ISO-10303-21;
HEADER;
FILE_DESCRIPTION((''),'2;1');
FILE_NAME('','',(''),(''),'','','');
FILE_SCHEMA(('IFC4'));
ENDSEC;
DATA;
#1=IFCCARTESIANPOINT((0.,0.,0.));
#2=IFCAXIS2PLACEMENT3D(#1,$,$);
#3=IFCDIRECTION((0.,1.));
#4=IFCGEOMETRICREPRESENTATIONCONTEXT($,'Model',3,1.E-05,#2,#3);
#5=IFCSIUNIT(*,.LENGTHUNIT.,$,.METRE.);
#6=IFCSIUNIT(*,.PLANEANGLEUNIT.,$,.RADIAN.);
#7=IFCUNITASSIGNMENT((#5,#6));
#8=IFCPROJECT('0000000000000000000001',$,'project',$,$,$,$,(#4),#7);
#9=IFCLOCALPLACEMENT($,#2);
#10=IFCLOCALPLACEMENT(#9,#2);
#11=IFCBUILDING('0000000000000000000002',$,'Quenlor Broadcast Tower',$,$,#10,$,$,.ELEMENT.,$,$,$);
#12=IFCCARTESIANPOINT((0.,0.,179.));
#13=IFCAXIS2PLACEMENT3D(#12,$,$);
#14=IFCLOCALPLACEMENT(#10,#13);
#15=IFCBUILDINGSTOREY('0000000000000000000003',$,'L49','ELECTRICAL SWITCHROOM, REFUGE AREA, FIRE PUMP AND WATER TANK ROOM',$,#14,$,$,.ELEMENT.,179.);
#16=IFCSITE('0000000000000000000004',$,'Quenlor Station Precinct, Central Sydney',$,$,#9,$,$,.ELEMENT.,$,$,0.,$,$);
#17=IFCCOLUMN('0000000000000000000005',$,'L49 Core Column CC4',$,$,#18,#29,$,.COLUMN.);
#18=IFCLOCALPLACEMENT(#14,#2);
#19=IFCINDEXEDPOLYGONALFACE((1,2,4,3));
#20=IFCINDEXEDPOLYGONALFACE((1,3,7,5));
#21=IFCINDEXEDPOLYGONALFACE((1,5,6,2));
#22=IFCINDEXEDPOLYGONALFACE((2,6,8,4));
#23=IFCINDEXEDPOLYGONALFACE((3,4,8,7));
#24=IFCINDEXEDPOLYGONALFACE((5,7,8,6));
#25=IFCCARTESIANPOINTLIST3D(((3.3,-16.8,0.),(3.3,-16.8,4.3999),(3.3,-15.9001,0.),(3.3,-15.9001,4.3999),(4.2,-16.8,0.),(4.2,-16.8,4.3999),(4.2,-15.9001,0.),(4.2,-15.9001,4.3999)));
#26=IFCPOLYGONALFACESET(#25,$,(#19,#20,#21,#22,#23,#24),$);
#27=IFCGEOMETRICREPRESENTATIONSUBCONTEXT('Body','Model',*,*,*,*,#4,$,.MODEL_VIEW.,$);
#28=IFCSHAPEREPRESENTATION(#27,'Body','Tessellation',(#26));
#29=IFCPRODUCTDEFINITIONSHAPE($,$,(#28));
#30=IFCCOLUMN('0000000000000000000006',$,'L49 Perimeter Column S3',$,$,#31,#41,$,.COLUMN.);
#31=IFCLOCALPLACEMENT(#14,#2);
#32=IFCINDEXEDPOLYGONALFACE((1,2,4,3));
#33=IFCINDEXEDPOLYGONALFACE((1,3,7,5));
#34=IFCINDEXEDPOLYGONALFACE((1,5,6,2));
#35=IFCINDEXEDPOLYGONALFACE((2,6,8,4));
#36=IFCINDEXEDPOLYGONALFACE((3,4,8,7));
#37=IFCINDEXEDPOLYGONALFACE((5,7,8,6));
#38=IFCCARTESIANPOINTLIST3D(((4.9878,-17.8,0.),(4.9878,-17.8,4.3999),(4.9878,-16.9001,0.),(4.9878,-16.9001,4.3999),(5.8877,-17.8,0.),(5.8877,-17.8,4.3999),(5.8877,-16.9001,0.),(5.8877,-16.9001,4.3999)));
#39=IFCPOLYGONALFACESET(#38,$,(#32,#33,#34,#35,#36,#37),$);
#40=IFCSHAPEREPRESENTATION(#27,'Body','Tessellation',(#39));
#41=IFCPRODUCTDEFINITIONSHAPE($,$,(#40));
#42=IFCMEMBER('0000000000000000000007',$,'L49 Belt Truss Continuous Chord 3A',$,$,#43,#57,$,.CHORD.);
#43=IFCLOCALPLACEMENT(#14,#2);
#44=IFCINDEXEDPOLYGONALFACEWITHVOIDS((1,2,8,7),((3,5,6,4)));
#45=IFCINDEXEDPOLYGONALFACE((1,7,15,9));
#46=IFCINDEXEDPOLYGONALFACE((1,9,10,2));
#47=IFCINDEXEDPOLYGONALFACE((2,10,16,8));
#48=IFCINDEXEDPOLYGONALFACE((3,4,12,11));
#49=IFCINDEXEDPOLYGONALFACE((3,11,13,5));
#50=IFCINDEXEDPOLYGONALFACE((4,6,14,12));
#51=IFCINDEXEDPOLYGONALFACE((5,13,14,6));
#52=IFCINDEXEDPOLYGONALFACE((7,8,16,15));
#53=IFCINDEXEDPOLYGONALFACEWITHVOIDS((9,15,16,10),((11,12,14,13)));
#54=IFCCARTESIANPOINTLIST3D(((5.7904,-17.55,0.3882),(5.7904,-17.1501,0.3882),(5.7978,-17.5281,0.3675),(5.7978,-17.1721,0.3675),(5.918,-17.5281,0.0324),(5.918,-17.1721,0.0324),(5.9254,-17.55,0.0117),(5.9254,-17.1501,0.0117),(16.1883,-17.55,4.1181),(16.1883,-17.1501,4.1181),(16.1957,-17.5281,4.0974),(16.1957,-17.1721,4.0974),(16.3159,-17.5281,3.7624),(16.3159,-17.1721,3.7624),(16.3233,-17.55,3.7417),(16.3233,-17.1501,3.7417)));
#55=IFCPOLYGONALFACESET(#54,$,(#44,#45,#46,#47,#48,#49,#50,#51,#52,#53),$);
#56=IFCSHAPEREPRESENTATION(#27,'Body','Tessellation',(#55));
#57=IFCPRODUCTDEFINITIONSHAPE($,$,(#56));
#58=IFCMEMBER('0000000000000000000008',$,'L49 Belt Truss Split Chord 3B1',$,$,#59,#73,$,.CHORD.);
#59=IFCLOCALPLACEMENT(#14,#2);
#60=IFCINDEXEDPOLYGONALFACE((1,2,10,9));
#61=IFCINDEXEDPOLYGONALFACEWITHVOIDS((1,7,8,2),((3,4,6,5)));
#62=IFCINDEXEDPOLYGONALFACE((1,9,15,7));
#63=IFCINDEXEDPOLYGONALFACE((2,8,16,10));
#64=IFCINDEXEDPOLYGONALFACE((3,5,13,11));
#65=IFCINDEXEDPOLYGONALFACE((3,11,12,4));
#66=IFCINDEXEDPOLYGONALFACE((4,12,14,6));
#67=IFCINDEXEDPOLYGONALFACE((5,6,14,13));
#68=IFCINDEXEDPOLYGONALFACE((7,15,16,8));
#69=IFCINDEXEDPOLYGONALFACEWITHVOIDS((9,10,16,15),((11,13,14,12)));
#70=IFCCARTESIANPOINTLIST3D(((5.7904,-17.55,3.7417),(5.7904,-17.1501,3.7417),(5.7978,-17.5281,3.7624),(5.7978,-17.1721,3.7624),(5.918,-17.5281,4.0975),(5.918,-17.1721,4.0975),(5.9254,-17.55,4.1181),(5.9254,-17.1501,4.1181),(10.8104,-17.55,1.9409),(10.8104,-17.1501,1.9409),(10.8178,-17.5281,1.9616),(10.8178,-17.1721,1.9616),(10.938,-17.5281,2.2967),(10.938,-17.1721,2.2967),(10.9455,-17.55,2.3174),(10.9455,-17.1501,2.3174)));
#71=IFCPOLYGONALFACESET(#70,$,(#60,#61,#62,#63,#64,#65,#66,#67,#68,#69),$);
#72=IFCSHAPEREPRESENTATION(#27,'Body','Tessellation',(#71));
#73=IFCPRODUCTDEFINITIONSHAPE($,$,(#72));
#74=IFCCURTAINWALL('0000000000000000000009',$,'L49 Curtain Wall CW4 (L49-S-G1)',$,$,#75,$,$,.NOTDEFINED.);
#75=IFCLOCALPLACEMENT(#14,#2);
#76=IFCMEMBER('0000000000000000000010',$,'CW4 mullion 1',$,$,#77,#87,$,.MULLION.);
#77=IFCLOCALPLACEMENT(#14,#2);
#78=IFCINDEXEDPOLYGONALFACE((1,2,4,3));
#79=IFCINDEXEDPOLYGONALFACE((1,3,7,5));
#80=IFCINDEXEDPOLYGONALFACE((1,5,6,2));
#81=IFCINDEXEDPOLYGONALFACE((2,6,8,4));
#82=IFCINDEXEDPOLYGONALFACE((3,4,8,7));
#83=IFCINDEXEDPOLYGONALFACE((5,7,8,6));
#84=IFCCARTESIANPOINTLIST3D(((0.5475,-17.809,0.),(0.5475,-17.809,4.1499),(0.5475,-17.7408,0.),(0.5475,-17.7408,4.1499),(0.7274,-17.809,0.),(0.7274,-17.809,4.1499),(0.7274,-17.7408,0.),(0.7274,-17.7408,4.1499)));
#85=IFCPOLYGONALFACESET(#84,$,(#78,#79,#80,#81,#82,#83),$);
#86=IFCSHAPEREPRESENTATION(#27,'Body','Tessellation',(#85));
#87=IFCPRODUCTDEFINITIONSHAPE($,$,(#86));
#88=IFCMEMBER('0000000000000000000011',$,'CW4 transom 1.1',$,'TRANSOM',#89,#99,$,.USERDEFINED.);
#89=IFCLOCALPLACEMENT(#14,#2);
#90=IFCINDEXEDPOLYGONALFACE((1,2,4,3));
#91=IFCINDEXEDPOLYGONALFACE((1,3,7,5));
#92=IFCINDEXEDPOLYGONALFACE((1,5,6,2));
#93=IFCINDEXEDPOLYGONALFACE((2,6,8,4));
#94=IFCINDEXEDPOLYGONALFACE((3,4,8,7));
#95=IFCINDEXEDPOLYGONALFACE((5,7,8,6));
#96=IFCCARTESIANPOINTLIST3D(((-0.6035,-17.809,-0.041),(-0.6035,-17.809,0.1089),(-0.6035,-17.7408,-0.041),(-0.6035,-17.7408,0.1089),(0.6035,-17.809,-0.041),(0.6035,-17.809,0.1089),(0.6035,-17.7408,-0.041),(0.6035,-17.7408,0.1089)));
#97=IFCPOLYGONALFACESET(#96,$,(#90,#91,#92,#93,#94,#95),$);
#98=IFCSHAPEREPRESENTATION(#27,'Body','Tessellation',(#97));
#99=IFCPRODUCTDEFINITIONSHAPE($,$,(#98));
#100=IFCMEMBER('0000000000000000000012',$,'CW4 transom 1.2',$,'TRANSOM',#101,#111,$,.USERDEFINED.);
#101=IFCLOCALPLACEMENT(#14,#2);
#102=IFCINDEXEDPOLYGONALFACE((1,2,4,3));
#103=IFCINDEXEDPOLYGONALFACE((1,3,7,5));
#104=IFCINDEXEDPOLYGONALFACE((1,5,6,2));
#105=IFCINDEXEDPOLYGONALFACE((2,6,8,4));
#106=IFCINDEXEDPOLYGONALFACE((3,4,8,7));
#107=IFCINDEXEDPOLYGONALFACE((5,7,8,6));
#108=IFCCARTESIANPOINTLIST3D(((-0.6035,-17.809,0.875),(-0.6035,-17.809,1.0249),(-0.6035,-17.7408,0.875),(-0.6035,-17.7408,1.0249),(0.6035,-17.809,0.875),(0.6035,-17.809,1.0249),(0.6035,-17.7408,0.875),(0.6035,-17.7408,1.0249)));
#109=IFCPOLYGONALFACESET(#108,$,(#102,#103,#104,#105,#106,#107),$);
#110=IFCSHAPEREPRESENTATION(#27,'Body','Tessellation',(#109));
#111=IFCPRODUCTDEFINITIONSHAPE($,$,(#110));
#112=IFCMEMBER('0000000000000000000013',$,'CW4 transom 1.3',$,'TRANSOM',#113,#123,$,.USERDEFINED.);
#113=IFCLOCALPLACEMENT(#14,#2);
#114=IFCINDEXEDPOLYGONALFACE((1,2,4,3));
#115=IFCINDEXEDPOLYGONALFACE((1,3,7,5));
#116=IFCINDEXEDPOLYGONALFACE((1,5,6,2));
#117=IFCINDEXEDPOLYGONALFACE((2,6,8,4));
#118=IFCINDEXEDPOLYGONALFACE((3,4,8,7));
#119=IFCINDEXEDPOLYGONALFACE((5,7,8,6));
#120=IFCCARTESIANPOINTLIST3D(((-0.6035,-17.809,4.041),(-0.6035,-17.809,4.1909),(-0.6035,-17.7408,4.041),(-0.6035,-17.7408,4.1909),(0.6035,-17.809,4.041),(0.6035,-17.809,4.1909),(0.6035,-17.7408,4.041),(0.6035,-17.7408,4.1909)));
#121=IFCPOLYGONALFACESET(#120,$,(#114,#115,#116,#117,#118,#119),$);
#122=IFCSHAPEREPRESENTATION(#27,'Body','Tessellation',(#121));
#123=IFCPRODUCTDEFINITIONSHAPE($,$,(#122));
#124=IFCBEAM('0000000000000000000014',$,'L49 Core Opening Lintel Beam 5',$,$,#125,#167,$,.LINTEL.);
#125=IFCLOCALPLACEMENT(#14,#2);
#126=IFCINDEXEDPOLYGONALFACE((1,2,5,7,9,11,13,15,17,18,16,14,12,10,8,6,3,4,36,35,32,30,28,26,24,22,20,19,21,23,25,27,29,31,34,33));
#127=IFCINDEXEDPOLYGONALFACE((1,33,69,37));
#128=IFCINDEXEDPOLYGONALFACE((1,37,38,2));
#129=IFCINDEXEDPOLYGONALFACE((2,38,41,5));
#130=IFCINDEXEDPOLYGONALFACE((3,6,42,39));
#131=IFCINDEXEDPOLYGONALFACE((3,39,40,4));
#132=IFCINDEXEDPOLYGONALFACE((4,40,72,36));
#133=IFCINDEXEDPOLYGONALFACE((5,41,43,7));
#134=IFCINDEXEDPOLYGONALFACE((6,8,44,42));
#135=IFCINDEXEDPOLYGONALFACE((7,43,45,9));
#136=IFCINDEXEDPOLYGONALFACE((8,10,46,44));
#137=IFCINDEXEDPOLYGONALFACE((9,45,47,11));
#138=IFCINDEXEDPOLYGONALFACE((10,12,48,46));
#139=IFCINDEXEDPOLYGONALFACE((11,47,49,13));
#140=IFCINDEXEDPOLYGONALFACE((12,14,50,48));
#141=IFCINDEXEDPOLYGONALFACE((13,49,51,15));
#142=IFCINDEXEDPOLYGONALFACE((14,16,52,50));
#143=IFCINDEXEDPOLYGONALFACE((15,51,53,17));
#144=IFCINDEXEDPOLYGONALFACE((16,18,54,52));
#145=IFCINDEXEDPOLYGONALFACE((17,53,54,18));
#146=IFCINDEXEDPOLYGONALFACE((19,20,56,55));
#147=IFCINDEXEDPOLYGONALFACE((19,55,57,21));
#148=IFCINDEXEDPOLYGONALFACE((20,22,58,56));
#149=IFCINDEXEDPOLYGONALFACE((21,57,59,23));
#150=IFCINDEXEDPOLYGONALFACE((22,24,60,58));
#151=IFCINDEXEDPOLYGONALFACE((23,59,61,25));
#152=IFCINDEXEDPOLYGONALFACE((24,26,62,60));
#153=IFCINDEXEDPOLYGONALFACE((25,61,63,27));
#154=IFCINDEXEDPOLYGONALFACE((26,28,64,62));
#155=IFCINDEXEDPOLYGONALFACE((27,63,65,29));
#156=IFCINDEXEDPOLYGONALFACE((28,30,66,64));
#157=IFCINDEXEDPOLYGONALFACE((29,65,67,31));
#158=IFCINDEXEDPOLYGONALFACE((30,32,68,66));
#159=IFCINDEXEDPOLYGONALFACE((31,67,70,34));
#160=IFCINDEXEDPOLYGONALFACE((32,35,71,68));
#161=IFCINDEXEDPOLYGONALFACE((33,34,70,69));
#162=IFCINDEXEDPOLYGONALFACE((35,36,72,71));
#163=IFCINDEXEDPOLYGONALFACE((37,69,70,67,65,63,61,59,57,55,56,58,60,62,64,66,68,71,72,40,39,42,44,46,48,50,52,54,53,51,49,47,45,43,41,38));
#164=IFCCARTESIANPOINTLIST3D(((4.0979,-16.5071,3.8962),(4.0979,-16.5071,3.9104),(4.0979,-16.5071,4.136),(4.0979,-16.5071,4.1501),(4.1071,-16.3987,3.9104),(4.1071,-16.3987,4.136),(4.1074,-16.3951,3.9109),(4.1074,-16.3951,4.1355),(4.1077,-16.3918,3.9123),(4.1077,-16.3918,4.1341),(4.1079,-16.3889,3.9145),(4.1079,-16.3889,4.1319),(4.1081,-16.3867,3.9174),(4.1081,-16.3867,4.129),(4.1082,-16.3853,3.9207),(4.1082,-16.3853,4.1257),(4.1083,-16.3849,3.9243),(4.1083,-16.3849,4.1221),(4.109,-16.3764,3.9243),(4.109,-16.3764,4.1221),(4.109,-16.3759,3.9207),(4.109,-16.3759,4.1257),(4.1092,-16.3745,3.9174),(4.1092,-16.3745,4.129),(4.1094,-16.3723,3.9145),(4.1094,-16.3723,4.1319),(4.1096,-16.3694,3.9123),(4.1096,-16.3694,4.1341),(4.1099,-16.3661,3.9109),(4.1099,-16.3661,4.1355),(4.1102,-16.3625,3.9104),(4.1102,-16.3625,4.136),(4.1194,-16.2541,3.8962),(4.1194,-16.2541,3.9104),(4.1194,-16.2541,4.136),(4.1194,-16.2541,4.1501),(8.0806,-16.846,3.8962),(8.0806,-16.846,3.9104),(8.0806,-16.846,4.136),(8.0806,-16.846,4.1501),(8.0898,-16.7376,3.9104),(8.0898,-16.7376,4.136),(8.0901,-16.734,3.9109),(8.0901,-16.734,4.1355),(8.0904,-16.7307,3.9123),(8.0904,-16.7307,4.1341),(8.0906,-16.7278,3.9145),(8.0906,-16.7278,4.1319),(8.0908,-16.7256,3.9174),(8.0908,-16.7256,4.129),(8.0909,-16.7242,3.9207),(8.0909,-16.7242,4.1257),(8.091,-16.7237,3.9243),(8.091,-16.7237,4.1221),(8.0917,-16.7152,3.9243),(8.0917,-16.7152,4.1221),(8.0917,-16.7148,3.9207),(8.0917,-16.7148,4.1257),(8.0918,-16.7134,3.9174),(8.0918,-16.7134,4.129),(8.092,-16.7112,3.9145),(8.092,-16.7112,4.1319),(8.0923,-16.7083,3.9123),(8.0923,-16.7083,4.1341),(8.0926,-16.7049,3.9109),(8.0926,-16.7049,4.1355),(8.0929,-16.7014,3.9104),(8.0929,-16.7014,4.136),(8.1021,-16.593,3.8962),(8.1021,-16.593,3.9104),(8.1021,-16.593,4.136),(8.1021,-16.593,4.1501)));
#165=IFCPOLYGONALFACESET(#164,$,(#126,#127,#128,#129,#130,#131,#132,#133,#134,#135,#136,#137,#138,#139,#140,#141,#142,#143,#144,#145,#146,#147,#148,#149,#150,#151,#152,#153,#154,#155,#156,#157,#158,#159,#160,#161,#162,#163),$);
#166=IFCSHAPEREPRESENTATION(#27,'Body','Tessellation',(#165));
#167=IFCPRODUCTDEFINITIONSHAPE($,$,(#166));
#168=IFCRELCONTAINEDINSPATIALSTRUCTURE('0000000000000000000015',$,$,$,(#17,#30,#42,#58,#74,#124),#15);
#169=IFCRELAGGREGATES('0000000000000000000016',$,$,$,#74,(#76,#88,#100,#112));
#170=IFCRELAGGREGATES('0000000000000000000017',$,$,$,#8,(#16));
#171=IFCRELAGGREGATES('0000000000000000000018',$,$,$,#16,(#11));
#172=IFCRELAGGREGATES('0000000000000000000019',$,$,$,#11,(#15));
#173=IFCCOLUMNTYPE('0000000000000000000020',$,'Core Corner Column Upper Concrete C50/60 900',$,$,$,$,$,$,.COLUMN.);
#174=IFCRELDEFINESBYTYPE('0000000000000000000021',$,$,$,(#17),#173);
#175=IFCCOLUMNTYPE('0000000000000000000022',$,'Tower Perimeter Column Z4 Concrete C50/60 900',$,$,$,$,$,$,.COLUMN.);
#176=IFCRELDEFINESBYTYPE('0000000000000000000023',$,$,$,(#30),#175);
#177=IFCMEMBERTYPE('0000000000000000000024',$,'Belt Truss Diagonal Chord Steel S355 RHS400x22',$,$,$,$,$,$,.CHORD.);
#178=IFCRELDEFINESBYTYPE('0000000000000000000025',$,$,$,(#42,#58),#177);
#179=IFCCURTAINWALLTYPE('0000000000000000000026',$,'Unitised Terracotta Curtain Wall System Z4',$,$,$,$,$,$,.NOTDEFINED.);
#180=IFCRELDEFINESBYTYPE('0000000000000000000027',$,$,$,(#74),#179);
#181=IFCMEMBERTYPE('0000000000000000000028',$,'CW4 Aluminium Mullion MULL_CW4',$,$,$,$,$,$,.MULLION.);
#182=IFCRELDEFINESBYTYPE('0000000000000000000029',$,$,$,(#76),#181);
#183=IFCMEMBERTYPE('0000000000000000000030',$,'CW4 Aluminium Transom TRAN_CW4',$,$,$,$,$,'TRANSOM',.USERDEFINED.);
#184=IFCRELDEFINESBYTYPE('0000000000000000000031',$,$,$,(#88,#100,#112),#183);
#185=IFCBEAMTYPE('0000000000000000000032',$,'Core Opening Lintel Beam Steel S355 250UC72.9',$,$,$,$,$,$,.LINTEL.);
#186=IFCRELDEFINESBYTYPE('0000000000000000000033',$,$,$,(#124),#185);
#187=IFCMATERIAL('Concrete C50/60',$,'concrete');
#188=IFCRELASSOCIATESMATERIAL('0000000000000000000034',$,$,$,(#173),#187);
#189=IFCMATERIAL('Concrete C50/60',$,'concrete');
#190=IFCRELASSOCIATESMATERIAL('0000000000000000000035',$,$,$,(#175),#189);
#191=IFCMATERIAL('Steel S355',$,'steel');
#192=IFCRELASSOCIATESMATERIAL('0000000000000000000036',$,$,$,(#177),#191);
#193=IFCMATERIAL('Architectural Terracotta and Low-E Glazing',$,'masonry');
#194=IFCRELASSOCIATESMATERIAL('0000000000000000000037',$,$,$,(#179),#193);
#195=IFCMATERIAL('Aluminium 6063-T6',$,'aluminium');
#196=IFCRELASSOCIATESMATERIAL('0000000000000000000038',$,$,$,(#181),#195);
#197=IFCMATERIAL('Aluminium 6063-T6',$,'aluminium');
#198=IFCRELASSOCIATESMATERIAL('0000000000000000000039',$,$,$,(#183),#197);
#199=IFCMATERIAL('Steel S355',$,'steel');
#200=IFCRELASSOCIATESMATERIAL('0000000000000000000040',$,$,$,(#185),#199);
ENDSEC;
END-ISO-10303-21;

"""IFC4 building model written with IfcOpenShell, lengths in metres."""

from ifc_helpers import new_model, si_unit, direction, frame, origin, origin_2d, place, context, subcontext, project, spatial, rectangle, hollow_rectangle, i_section, extrude, material, material_profile, profile_set, type_object, element, aggregate, save


model = new_model("IFC4")

# Units and contexts
model_context = context("Model", 3, precision=1e-05, world=origin(), true_north=direction((0.0, 1.0)))
body_context = subcontext(model_context, "Body", "Model", "MODEL_VIEW")
ifc_project = project(units=[si_unit("LENGTHUNIT", "METRE"), si_unit("PLANEANGLEUNIT", "RADIAN")], contexts=[model_context])

# Site, building, storey
site_placement = place(None, origin())
site = spatial("IfcSite", under=ifc_project, at=site_placement, Name="Quenlor Station Precinct, Central Sydney", CompositionType="ELEMENT", RefElevation=0.0)
building_placement = place(site_placement, origin())
building = spatial("IfcBuilding", under=site, at=building_placement, Name="Quenlor Broadcast Tower", CompositionType="ELEMENT")
storey_placement = place(building_placement, frame((0.0, 0.0, 179.0)))
storey = spatial("IfcBuildingStorey", under=building, at=storey_placement, Name="L49", Description="ELECTRICAL SWITCHROOM, REFUGE AREA, FIRE PUMP AND WATER TANK ROOM", CompositionType="ELEMENT", Elevation=179.0)

# Columns
ifc_material_1 = material(Name="Concrete C50/60", Category="concrete")
ifc_material_profile_1 = material_profile(ifc_material_1, rectangle(XDim=0.8999, YDim=0.8999, at=origin_2d()))
ifc_profile_set_1 = profile_set([ifc_material_profile_1], Name="Concrete C50/60 RC900x900")
column_type_1 = type_object("IfcColumnType", Name="Core Corner Column Upper Concrete C50/60 900", PredefinedType="COLUMN", material=ifc_profile_set_1)
column_1_placement = place(storey_placement, frame((3.75, -16.3501, 0.0), z_axis=(0.0, 0.0, 1.0), x_axis=(1.0, 0.0, 0.0)))
element("IfcColumn", 1, at=column_1_placement, inside=storey, type_object=column_type_1, Name="L49 Core Column CC4", PredefinedType="COLUMN", context=body_context, shape_type="SweptSolid", body=[
    extrude(rectangle(XDim=0.8999, YDim=0.8999, at=origin_2d()), origin(), (0.0, 0.0, 1.0), 4.3999),
])
ifc_material_2 = material(Name="Concrete C50/60", Category="concrete")
ifc_material_profile_2 = material_profile(ifc_material_2, rectangle(XDim=0.8999, YDim=0.8999, at=origin_2d()))
ifc_profile_set_2 = profile_set([ifc_material_profile_2], Name="Concrete C50/60 RC900x900")
column_type_2 = type_object("IfcColumnType", Name="Tower Perimeter Column Z4 Concrete C50/60 900", PredefinedType="COLUMN", material=ifc_profile_set_2)
column_2_placement = place(storey_placement, frame((5.4377, -17.3501, 0.0), z_axis=(0.0, 0.0, 1.0), x_axis=(0.0, 1.0, 0.0)))
element("IfcColumn", 2, at=column_2_placement, inside=storey, type_object=column_type_2, Name="L49 Perimeter Column S3", PredefinedType="COLUMN", context=body_context, shape_type="SweptSolid", body=[
    extrude(rectangle(XDim=0.8999, YDim=0.8999, at=origin_2d()), origin(), (0.0, 0.0, 1.0), 4.3999),
])

# Members
ifc_material_3 = material(Name="Steel S355", Category="steel")
ifc_material_profile_3 = material_profile(ifc_material_3, hollow_rectangle(XDim=0.3999, YDim=0.3999, WallThickness=0.022, at=origin_2d()))
ifc_profile_set_3 = profile_set([ifc_material_profile_3], Name="Steel S355 RHS400x400x22")
member_type_1 = type_object("IfcMemberType", Name="Belt Truss Diagonal Chord Steel S355 RHS400x22", PredefinedType="CHORD", material=ifc_profile_set_3)
member_1_placement = place(storey_placement, frame((5.8579, -17.3501, 0.2), z_axis=(0.94127, 0.0, 0.337655), x_axis=(0.0, 1.0, 0.0)))
element("IfcMember", 3, at=member_1_placement, inside=storey, type_object=member_type_1, Name="L49 Belt Truss Continuous Chord 3A", PredefinedType="CHORD", context=body_context, shape_type="SweptSolid", body=[
    extrude(hollow_rectangle(XDim=0.3999, YDim=0.3999, WallThickness=0.022, at=origin_2d()), origin(), (0.0, 0.0, 1.0), 11.0466),
])
member_2_placement = place(storey_placement, frame((5.8579, -17.3501, 3.9299), z_axis=(0.941271, 0.0, -0.337653), x_axis=(0.0, 1.0, 0.0)))
element("IfcMember", 4, at=member_2_placement, inside=storey, type_object=member_type_1, Name="L49 Belt Truss Split Chord 3B1", PredefinedType="CHORD", context=body_context, shape_type="SweptSolid", body=[
    extrude(hollow_rectangle(XDim=0.3999, YDim=0.3999, WallThickness=0.022, at=origin_2d()), origin(), (0.0, 0.0, 1.0), 5.3333),
])

# Curtain wall, members
ifc_material_4 = material(Name="Architectural Terracotta and Low-E Glazing", Category="masonry")
curtain_wall_type = type_object("IfcCurtainWallType", Name="Unitised Terracotta Curtain Wall System Z4", PredefinedType="NOTDEFINED", material=ifc_material_4)
curtain_wall_placement = place(storey_placement, origin())
curtain_wall = element("IfcCurtainWall", 5, at=curtain_wall_placement, inside=storey, type_object=curtain_wall_type, Name="L49 Curtain Wall CW4 (L49-S-G1)", PredefinedType="NOTDEFINED")
ifc_material_5 = material(Name="Aluminium 6063-T6", Category="aluminium")
ifc_material_profile_4 = material_profile(ifc_material_5, rectangle(XDim=0.0681, YDim=0.1799, at=origin_2d()))
ifc_profile_set_4 = profile_set([ifc_material_profile_4], Name="Aluminium 6063-T6 MULL68x180")
member_type_2 = type_object("IfcMemberType", Name="CW4 Aluminium Mullion MULL_CW4", PredefinedType="MULLION", material=ifc_profile_set_4)
member_3_placement = place(storey_placement, frame((0.6375, -17.7749, 0.0), z_axis=(0.0, 0.0, 1.0), x_axis=(0.0, -1.0, 0.0)))
member_3 = element("IfcMember", 6, at=member_3_placement, type_object=member_type_2, Name="CW4 mullion 1", PredefinedType="MULLION", context=body_context, shape_type="SweptSolid", body=[
    extrude(rectangle(XDim=0.0681, YDim=0.1799, at=origin_2d()), origin(), (0.0, 0.0, 1.0), 4.1499),
])
ifc_material_6 = material(Name="Aluminium 6063-T6", Category="aluminium")
ifc_material_profile_5 = material_profile(ifc_material_6, rectangle(XDim=0.0681, YDim=0.1499, at=origin_2d()))
ifc_profile_set_5 = profile_set([ifc_material_profile_5], Name="Aluminium 6063-T6 TRAN68x150")
member_type_3 = type_object("IfcMemberType", Name="CW4 Aluminium Transom TRAN_CW4", ElementType="TRANSOM", PredefinedType="USERDEFINED", material=ifc_profile_set_5)
member_4_placement = place(storey_placement, frame((0.6035, -17.7749, 0.0339), z_axis=(-1.0, 0.0, 0.0), x_axis=(0.0, -1.0, 0.0)))
member_4 = element("IfcMember", 7, at=member_4_placement, type_object=member_type_3, Name="CW4 transom 1.1", ObjectType="TRANSOM", PredefinedType="USERDEFINED", context=body_context, shape_type="SweptSolid", body=[
    extrude(rectangle(XDim=0.0681, YDim=0.1499, at=origin_2d()), origin(), (0.0, 0.0, 1.0), 1.207),
])
member_5_placement = place(storey_placement, frame((0.6035, -17.7749, 0.95), z_axis=(-1.0, 0.0, 0.0), x_axis=(0.0, -1.0, 0.0)))
member_5 = element("IfcMember", 8, at=member_5_placement, type_object=member_type_3, Name="CW4 transom 1.2", ObjectType="TRANSOM", PredefinedType="USERDEFINED", context=body_context, shape_type="SweptSolid", body=[
    extrude(rectangle(XDim=0.0681, YDim=0.1499, at=origin_2d()), origin(), (0.0, 0.0, 1.0), 1.207),
])
member_6_placement = place(storey_placement, frame((0.6035, -17.7749, 4.116), z_axis=(-1.0, 0.0, 0.0), x_axis=(0.0, -1.0, 0.0)))
member_6 = element("IfcMember", 9, at=member_6_placement, type_object=member_type_3, Name="CW4 transom 1.3", ObjectType="TRANSOM", PredefinedType="USERDEFINED", context=body_context, shape_type="SweptSolid", body=[
    extrude(rectangle(XDim=0.0681, YDim=0.1499, at=origin_2d()), origin(), (0.0, 0.0, 1.0), 1.207),
])
aggregate(curtain_wall, [member_3, member_4, member_5, member_6])

# Beam
ifc_material_7 = material(Name="Steel S355", Category="steel")
ifc_material_profile_6 = material_profile(ifc_material_7, i_section(OverallWidth=0.2539, OverallDepth=0.2539, WebThickness=0.0085, FlangeThickness=0.0142, FilletRadius=0.0139, at=origin_2d()))
ifc_profile_set_6 = profile_set([ifc_material_profile_6], Name="Steel S355 250UC72.9")
beam_type_1 = type_object("IfcBeamType", Name="Core Opening Lintel Beam Steel S355 250UC72.9", PredefinedType="LINTEL", material=ifc_profile_set_6)
beam_1_placement = place(storey_placement, frame((4.1086, -16.3806, 4.0232), z_axis=(0.9964, -0.084779, 0.0), x_axis=(0.084779, 0.9964, 0.0)))
element("IfcBeam", 10, at=beam_1_placement, inside=storey, type_object=beam_type_1, Name="L49 Core Opening Lintel Beam 5", PredefinedType="LINTEL", context=body_context, shape_type="SweptSolid", body=[
    extrude(i_section(OverallWidth=0.2539, OverallDepth=0.2539, WebThickness=0.0085, FlangeThickness=0.0142, FilletRadius=0.0139, at=origin_2d()), origin(), (0.0, 0.0, 1.0), 3.9971),
])

save(model, "model.ifc")
